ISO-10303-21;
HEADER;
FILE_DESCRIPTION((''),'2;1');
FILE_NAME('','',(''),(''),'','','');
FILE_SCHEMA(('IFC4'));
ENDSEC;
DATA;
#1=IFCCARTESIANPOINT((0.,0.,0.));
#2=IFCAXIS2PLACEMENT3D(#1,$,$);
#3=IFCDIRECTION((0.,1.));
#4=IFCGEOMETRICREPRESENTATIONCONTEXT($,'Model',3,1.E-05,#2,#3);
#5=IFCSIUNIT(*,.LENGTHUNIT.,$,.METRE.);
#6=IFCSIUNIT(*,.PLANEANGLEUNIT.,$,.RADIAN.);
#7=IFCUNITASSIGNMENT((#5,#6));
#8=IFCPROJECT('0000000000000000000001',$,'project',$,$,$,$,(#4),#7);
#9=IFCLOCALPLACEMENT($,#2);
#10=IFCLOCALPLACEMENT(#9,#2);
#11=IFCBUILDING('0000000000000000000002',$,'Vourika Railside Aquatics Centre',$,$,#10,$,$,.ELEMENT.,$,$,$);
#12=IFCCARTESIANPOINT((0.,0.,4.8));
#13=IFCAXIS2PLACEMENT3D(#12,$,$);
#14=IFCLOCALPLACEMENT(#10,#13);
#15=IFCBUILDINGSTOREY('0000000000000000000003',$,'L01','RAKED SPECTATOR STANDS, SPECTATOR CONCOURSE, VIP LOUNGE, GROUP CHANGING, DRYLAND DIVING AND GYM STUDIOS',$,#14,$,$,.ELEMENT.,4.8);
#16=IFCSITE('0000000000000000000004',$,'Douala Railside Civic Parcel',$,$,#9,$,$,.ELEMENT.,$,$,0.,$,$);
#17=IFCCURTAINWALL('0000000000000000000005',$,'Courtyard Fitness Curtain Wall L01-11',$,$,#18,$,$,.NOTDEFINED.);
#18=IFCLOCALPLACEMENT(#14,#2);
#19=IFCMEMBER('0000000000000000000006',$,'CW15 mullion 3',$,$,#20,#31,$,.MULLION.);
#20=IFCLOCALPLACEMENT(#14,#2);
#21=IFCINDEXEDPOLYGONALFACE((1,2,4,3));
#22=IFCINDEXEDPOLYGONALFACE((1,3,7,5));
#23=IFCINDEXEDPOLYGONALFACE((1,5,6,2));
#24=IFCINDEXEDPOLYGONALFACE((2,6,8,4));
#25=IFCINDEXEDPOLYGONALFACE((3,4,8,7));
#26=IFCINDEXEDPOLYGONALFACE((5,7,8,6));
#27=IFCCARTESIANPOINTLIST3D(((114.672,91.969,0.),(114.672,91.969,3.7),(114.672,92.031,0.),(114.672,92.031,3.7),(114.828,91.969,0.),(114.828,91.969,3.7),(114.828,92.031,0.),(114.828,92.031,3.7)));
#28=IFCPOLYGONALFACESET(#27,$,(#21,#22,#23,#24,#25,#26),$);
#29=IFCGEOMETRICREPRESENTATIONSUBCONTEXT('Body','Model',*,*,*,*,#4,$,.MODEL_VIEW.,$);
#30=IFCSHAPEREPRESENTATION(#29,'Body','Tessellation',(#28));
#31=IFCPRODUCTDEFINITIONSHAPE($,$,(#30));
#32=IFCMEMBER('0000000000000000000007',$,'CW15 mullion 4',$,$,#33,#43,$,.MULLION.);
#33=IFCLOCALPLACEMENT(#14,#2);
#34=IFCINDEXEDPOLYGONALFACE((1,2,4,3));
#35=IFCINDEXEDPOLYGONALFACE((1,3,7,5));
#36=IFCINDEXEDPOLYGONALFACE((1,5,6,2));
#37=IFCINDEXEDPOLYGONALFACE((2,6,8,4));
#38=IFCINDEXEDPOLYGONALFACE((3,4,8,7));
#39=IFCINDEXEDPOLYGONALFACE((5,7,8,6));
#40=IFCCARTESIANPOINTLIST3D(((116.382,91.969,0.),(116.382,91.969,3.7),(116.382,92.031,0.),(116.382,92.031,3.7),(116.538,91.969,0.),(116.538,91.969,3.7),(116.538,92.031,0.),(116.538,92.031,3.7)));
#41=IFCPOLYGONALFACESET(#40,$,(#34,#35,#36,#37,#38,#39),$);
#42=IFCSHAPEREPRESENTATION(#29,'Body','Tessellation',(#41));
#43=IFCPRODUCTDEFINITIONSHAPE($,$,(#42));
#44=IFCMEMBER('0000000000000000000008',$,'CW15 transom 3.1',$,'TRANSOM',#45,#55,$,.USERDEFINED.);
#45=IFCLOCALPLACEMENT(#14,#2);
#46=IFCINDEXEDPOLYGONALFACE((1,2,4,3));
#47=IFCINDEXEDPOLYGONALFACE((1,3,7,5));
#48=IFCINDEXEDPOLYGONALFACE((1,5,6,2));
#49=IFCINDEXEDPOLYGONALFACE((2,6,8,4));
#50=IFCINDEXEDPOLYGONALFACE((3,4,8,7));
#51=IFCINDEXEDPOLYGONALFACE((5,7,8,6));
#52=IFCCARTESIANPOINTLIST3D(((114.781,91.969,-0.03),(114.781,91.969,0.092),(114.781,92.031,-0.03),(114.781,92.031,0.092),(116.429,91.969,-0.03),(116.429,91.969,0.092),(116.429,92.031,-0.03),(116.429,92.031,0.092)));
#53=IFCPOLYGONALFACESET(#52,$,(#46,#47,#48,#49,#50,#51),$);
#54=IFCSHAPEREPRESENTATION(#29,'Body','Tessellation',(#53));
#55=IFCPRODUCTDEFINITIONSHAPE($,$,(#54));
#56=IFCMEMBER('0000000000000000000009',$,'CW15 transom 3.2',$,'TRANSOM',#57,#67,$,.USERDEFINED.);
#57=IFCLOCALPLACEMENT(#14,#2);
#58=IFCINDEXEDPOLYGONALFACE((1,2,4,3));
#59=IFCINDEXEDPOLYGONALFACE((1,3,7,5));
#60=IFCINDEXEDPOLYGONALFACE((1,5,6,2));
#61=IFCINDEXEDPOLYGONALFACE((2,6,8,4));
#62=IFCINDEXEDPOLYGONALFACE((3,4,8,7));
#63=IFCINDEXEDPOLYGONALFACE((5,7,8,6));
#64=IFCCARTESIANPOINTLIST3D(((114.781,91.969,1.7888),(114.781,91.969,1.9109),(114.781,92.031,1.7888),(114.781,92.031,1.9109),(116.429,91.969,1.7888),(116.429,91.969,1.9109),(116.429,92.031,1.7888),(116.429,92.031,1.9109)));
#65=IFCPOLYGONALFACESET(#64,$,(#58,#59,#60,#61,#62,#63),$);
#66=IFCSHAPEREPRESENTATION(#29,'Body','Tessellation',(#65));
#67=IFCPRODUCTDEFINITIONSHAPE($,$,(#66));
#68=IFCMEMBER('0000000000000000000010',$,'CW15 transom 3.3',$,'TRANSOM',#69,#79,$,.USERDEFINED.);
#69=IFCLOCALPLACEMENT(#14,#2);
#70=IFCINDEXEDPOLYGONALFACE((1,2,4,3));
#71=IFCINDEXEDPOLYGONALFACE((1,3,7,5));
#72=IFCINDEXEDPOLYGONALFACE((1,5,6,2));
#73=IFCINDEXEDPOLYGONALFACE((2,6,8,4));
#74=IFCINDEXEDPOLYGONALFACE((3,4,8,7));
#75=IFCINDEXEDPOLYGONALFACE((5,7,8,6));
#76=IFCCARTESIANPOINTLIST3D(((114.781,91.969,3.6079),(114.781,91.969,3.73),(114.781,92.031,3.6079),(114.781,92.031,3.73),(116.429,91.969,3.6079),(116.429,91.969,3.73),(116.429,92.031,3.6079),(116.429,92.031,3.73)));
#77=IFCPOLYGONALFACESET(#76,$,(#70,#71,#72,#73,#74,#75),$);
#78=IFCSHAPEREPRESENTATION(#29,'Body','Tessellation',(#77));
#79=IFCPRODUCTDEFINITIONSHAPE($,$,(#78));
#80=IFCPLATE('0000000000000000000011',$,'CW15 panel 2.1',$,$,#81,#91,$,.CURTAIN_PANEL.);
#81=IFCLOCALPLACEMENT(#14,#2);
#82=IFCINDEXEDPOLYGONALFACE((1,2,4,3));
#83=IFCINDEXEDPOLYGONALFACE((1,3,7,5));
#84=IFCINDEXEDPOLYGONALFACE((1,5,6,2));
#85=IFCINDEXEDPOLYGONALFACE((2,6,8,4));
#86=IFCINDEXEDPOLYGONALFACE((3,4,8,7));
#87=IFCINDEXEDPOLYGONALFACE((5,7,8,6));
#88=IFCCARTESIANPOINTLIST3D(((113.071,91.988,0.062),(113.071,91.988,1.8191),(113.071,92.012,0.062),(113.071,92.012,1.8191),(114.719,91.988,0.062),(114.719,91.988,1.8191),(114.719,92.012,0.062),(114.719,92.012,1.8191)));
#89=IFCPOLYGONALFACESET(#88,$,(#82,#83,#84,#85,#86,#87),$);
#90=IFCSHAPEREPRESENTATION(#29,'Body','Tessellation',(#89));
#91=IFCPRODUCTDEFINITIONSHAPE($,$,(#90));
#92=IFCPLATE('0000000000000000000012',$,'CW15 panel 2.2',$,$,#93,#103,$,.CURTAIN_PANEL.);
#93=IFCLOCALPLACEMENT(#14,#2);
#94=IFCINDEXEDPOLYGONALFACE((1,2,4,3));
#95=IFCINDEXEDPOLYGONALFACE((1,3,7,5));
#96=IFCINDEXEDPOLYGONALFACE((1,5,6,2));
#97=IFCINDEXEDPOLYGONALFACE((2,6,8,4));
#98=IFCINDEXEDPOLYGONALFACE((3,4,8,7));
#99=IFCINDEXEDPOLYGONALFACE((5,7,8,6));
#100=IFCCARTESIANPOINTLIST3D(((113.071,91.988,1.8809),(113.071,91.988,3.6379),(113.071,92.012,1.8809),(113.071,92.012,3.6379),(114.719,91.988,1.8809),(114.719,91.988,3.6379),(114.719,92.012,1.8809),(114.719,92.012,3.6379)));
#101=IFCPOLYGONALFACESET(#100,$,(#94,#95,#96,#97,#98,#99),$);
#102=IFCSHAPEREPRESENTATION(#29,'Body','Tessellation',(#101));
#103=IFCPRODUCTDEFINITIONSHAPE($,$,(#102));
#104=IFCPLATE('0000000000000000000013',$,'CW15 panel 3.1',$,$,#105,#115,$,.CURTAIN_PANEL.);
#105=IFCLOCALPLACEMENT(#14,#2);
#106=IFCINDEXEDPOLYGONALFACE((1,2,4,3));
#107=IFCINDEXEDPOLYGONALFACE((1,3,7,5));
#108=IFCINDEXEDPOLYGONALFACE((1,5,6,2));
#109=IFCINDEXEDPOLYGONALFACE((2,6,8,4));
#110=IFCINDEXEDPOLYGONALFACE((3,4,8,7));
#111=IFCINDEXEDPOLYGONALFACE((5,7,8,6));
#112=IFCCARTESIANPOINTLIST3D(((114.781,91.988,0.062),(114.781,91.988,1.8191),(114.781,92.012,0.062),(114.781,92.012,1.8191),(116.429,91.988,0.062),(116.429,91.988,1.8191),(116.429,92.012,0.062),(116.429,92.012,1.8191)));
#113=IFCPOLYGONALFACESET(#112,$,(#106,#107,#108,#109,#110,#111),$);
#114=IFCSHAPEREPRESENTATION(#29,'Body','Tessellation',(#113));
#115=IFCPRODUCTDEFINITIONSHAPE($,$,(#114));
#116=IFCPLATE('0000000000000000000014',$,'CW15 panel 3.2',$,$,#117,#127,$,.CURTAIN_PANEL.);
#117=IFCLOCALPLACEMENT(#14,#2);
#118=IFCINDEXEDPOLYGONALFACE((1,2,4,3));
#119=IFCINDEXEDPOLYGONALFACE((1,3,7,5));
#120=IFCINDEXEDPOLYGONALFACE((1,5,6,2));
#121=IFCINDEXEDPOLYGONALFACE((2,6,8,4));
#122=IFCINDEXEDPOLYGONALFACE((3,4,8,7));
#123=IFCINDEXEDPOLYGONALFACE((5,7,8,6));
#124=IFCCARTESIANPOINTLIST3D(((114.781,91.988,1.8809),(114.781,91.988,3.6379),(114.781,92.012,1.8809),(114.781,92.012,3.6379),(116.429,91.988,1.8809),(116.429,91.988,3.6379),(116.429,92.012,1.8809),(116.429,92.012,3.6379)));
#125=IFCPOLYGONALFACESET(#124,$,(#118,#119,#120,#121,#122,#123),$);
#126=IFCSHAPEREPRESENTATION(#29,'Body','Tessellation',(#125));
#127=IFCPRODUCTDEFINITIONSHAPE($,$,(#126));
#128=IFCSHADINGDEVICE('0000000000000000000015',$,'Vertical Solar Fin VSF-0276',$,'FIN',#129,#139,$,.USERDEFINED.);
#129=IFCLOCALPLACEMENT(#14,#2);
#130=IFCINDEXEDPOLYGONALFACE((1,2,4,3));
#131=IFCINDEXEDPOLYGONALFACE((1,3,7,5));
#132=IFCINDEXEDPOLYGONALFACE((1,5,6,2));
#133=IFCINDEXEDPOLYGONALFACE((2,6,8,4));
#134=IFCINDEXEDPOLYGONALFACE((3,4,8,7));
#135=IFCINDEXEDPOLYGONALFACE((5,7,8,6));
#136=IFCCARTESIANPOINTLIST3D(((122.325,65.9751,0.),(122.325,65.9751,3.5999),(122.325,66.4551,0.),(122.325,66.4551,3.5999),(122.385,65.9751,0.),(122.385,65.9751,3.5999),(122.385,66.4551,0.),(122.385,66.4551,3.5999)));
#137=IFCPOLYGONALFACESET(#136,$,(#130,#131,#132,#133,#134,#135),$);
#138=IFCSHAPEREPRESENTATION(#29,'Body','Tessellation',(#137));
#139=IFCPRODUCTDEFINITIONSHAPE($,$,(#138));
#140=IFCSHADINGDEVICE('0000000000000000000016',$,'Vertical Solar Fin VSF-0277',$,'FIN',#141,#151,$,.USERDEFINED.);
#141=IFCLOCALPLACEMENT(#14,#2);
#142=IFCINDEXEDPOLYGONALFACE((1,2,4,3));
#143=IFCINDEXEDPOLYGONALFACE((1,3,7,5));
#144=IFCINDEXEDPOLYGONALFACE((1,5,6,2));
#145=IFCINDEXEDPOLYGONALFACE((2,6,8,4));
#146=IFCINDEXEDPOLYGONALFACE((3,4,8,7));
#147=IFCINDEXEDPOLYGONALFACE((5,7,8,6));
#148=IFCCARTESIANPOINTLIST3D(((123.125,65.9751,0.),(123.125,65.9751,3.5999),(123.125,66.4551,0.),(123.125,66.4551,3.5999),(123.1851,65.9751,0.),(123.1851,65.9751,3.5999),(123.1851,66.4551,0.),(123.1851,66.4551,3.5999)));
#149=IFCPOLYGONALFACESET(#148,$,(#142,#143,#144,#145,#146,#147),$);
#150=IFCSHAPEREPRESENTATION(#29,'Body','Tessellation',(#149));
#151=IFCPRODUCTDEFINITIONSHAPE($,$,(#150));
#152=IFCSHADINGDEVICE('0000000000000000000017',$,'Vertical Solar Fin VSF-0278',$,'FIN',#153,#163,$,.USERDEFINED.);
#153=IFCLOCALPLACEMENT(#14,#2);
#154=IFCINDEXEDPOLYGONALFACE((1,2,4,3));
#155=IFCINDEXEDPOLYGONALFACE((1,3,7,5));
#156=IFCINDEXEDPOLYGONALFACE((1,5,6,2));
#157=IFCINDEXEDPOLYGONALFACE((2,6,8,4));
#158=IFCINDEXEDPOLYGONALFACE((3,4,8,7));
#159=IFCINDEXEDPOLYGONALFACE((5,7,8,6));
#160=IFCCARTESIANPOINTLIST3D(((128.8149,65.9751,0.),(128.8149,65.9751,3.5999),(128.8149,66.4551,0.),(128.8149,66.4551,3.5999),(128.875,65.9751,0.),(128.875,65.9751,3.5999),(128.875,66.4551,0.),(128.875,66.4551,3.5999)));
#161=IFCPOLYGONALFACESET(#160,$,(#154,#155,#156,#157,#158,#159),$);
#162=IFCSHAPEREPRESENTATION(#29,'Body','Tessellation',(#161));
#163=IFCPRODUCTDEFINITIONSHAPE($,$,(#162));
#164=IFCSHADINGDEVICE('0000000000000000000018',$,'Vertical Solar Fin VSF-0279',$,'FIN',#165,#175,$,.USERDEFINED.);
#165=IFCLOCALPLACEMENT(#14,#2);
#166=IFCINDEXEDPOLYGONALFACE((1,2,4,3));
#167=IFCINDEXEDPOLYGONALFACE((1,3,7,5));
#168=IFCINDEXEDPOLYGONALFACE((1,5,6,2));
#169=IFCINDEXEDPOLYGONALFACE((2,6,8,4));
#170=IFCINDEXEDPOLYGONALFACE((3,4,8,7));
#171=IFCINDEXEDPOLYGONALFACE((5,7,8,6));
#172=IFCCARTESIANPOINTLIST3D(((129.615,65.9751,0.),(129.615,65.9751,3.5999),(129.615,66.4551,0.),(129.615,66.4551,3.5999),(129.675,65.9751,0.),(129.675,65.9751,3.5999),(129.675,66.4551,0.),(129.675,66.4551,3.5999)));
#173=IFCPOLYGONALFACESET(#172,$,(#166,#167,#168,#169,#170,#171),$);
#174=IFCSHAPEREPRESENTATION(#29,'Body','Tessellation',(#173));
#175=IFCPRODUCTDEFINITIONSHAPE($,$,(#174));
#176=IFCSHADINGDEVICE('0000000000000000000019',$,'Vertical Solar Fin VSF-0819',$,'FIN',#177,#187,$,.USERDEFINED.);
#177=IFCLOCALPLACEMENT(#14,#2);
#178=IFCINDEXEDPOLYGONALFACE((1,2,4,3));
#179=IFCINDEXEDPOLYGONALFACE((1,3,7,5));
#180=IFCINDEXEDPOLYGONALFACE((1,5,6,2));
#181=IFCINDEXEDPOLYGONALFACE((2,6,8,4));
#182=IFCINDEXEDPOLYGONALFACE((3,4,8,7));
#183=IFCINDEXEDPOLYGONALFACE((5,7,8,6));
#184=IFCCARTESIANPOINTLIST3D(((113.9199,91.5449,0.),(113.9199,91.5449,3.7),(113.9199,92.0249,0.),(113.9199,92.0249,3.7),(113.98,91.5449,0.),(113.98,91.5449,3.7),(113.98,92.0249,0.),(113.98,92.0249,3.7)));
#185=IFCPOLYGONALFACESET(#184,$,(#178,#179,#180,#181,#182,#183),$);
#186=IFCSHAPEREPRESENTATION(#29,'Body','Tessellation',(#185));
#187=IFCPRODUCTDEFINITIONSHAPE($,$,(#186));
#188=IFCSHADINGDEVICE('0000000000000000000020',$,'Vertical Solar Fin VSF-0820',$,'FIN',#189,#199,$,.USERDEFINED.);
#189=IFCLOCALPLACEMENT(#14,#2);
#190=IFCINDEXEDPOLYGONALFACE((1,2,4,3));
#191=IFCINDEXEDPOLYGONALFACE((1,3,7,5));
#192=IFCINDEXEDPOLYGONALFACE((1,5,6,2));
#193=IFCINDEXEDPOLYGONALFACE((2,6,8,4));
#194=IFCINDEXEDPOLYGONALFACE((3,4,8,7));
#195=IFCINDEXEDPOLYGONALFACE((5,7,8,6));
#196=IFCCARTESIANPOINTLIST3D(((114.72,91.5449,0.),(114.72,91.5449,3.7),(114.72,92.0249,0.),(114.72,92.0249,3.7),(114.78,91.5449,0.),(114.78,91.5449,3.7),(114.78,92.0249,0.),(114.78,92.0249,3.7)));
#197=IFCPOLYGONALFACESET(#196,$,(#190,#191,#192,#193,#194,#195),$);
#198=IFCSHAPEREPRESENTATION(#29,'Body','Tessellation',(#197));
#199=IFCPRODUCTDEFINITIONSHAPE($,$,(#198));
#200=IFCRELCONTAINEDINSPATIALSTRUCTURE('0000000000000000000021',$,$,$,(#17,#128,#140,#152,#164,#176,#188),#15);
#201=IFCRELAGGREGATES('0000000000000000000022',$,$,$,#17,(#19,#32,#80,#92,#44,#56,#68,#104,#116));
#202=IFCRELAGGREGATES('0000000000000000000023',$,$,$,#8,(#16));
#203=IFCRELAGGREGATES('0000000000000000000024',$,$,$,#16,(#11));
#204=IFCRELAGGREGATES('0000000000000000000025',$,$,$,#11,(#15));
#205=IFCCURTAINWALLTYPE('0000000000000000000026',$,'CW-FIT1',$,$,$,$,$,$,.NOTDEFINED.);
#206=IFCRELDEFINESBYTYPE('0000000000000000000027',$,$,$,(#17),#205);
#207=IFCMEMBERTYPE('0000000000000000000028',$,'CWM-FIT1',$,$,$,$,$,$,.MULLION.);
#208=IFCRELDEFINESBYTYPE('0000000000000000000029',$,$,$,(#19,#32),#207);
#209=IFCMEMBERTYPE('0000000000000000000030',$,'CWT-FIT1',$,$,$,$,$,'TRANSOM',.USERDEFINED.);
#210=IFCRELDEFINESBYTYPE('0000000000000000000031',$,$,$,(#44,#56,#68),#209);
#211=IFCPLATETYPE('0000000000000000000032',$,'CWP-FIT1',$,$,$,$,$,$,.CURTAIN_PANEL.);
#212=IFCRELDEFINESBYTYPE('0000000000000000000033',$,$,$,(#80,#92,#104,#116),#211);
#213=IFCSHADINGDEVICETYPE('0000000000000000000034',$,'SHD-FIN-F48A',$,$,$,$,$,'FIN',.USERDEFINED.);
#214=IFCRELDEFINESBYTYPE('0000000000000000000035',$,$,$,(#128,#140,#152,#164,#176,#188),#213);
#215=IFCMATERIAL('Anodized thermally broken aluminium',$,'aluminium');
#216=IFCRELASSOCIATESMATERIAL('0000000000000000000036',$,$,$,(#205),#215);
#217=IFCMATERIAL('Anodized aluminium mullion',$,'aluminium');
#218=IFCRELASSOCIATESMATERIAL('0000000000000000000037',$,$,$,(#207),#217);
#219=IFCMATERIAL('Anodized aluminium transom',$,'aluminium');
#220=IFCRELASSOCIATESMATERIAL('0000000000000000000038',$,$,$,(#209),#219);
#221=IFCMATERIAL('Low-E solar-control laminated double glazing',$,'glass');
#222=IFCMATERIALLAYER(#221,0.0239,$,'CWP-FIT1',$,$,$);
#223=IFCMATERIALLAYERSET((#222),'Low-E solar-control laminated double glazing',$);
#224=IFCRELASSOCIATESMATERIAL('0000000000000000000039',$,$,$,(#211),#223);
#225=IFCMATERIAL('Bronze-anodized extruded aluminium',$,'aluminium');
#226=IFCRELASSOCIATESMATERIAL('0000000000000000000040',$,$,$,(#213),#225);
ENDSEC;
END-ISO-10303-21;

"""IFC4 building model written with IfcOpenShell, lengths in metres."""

from ifc_helpers import new_model, si_unit, direction, frame, origin, origin_2d, place, context, subcontext, project, spatial, rectangle, extrude, material, layer, layer_set, material_profile, profile_set, type_object, element, aggregate, save


model = new_model("IFC4")

# Units and contexts
model_context = context("Model", 3, precision=1e-05, world=origin(), true_north=direction((0.0, 1.0)))
body_context = subcontext(model_context, "Body", "Model", "MODEL_VIEW")
ifc_project = project(units=[si_unit("LENGTHUNIT", "METRE"), si_unit("PLANEANGLEUNIT", "RADIAN")], contexts=[model_context])

# Site, building, storey
site_placement = place(None, origin())
site = spatial("IfcSite", under=ifc_project, at=site_placement, Name="Douala Railside Civic Parcel", CompositionType="ELEMENT", RefElevation=0.0)
building_placement = place(site_placement, origin())
building = spatial("IfcBuilding", under=site, at=building_placement, Name="Vourika Railside Aquatics Centre", CompositionType="ELEMENT")
storey_placement = place(building_placement, frame((0.0, 0.0, 4.8)))
storey = spatial("IfcBuildingStorey", under=building, at=storey_placement, Name="L01", Description="RAKED SPECTATOR STANDS, SPECTATOR CONCOURSE, VIP LOUNGE, GROUP CHANGING, DRYLAND DIVING AND GYM STUDIOS", CompositionType="ELEMENT", Elevation=4.8)

# Curtain wall, members, plates
ifc_material_1 = material(Name="Anodized thermally broken aluminium", Category="aluminium")
curtain_wall_type = type_object("IfcCurtainWallType", Name="CW-FIT1", PredefinedType="NOTDEFINED", material=ifc_material_1)
curtain_wall_placement = place(storey_placement, origin())
curtain_wall = element("IfcCurtainWall", 1, at=curtain_wall_placement, inside=storey, type_object=curtain_wall_type, Name="Courtyard Fitness Curtain Wall L01-11", PredefinedType="NOTDEFINED")
ifc_material_2 = material(Name="Anodized aluminium mullion", Category="aluminium")
ifc_material_profile_1 = material_profile(ifc_material_2, rectangle(XDim=0.062, YDim=0.156, at=origin_2d()), Name="ALU-M 62x156")
ifc_profile_set_1 = profile_set([ifc_material_profile_1], Name="Anodized aluminium mullion")
member_type_1 = type_object("IfcMemberType", Name="CWM-FIT1", PredefinedType="MULLION", material=ifc_profile_set_1)
member_1_placement = place(storey_placement, frame((114.75, 92.0, 0.0), z_axis=(0.0, 0.0, 1.0), x_axis=(0.0, 1.0, 0.0)))
member_1 = element("IfcMember", 2, at=member_1_placement, type_object=member_type_1, Name="CW15 mullion 3", PredefinedType="MULLION", context=body_context, shape_type="SweptSolid", body=[
    extrude(rectangle(XDim=0.062, YDim=0.156, at=origin_2d()), origin(), (0.0, 0.0, 1.0), 3.7),
])
member_2_placement = place(storey_placement, frame((116.46, 92.0, 0.0), z_axis=(0.0, 0.0, 1.0), x_axis=(0.0, 1.0, 0.0)))
member_2 = element("IfcMember", 3, at=member_2_placement, type_object=member_type_1, Name="CW15 mullion 4", PredefinedType="MULLION", context=body_context, shape_type="SweptSolid", body=[
    extrude(rectangle(XDim=0.062, YDim=0.156, at=origin_2d()), origin(), (0.0, 0.0, 1.0), 3.7),
])
ifc_material_3 = material(Name="Anodized aluminium transom", Category="aluminium")
ifc_material_profile_2 = material_profile(ifc_material_3, rectangle(XDim=0.062, YDim=0.1221, at=origin_2d()), Name="ALU-T 62x122")
ifc_profile_set_2 = profile_set([ifc_material_profile_2], Name="Anodized aluminium transom")
member_type_2 = type_object("IfcMemberType", Name="CWT-FIT1", ElementType="TRANSOM", PredefinedType="USERDEFINED", material=ifc_profile_set_2)
member_3_placement = place(storey_placement, frame((114.781, 92.0, 0.031), z_axis=(1.0, 0.0, 0.0), x_axis=(0.0, 1.0, 0.0)))
member_3 = element("IfcMember", 4, at=member_3_placement, type_object=member_type_2, Name="CW15 transom 3.1", ObjectType="TRANSOM", PredefinedType="USERDEFINED", context=body_context, shape_type="SweptSolid", body=[
    extrude(rectangle(XDim=0.062, YDim=0.1221, at=origin_2d()), origin(), (0.0, 0.0, 1.0), 1.6479),
])
member_4_placement = place(storey_placement, frame((114.781, 92.0, 1.8499), z_axis=(1.0, 0.0, 0.0), x_axis=(0.0, 1.0, 0.0)))
member_4 = element("IfcMember", 5, at=member_4_placement, type_object=member_type_2, Name="CW15 transom 3.2", ObjectType="TRANSOM", PredefinedType="USERDEFINED", context=body_context, shape_type="SweptSolid", body=[
    extrude(rectangle(XDim=0.062, YDim=0.1221, at=origin_2d()), origin(), (0.0, 0.0, 1.0), 1.6479),
])
member_5_placement = place(storey_placement, frame((114.781, 92.0, 3.6689), z_axis=(1.0, 0.0, 0.0), x_axis=(0.0, 1.0, 0.0)))
member_5 = element("IfcMember", 6, at=member_5_placement, type_object=member_type_2, Name="CW15 transom 3.3", ObjectType="TRANSOM", PredefinedType="USERDEFINED", context=body_context, shape_type="SweptSolid", body=[
    extrude(rectangle(XDim=0.062, YDim=0.1221, at=origin_2d()), origin(), (0.0, 0.0, 1.0), 1.6479),
])
ifc_material_4 = material(Name="Low-E solar-control laminated double glazing", Category="glass")
ifc_layer = layer(ifc_material_4, 0.0239, Name="CWP-FIT1")
ifc_layer_set = layer_set([ifc_layer], Name="Low-E solar-control laminated double glazing")
plate_type = type_object("IfcPlateType", Name="CWP-FIT1", PredefinedType="CURTAIN_PANEL", material=ifc_layer_set)
plate_1_placement = place(storey_placement, frame((113.895, 92.0, 0.062), z_axis=(0.0, 0.0, 1.0), x_axis=(1.0, 0.0, 0.0)))
plate_1 = element("IfcPlate", 7, at=plate_1_placement, type_object=plate_type, Name="CW15 panel 2.1", PredefinedType="CURTAIN_PANEL", context=body_context, shape_type="SweptSolid", body=[
    extrude(rectangle(XDim=1.6479, YDim=0.0239, at=origin_2d()), origin(), (0.0, 0.0, 1.0), 1.7571),
])
plate_2_placement = place(storey_placement, frame((113.895, 92.0, 1.8809), z_axis=(0.0, 0.0, 1.0), x_axis=(1.0, 0.0, 0.0)))
plate_2 = element("IfcPlate", 8, at=plate_2_placement, type_object=plate_type, Name="CW15 panel 2.2", PredefinedType="CURTAIN_PANEL", context=body_context, shape_type="SweptSolid", body=[
    extrude(rectangle(XDim=1.6479, YDim=0.0239, at=origin_2d()), origin(), (0.0, 0.0, 1.0), 1.7571),
])
plate_3_placement = place(storey_placement, frame((115.605, 92.0, 0.062), z_axis=(0.0, 0.0, 1.0), x_axis=(1.0, 0.0, 0.0)))
plate_3 = element("IfcPlate", 9, at=plate_3_placement, type_object=plate_type, Name="CW15 panel 3.1", PredefinedType="CURTAIN_PANEL", context=body_context, shape_type="SweptSolid", body=[
    extrude(rectangle(XDim=1.6479, YDim=0.0239, at=origin_2d()), origin(), (0.0, 0.0, 1.0), 1.7571),
])
plate_4_placement = place(storey_placement, frame((115.605, 92.0, 1.8809), z_axis=(0.0, 0.0, 1.0), x_axis=(1.0, 0.0, 0.0)))
plate_4 = element("IfcPlate", 10, at=plate_4_placement, type_object=plate_type, Name="CW15 panel 3.2", PredefinedType="CURTAIN_PANEL", context=body_context, shape_type="SweptSolid", body=[
    extrude(rectangle(XDim=1.6479, YDim=0.0239, at=origin_2d()), origin(), (0.0, 0.0, 1.0), 1.7571),
])
aggregate(curtain_wall, [member_1, member_2, plate_1, plate_2, member_3, member_4, member_5, plate_3, plate_4])

# Shading devices
ifc_material_5 = material(Name="Bronze-anodized extruded aluminium", Category="aluminium")
ifc_material_profile_3 = material_profile(ifc_material_5, rectangle(XDim=0.0601, YDim=0.48, at=origin_2d()), Name="ALU-FIN 60x480")
ifc_profile_set_3 = profile_set([ifc_material_profile_3], Name="Bronze-anodized extruded aluminium")
shading_device_type = type_object("IfcShadingDeviceType", Name="SHD-FIN-F48A", ElementType="FIN", PredefinedType="USERDEFINED", material=ifc_profile_set_3)
for number, where, z_axis, x_axis, name in (
    (11, (122.355, 66.2151, 0.0), (0.0, 0.0, 1.0), (1.0, 0.0, 0.0), "Vertical Solar Fin VSF-0276"),
    (12, (123.155, 66.2151, 0.0), (0.0, 0.0, 1.0), (1.0, 0.0, 0.0), "Vertical Solar Fin VSF-0277"),
    (13, (128.845, 66.2151, 0.0), (0.0, 0.0, 1.0), (1.0, 0.0, 0.0), "Vertical Solar Fin VSF-0278"),
    (14, (129.645, 66.2151, 0.0), (0.0, 0.0, 1.0), (1.0, 0.0, 0.0), "Vertical Solar Fin VSF-0279"),
):
    element("IfcShadingDevice", number, at=place(storey_placement, frame(where, z_axis=z_axis, x_axis=x_axis)), inside=storey, type_object=shading_device_type, Name=name, ObjectType="FIN", PredefinedType="USERDEFINED", context=body_context, shape_type="SweptSolid", body=[
        extrude(rectangle(XDim=0.0601, YDim=0.48, at=origin_2d()), origin(), (0.0, 0.0, 1.0), 3.5999),
    ])
for number, where, z_axis, x_axis, name in (
    (15, (113.95, 91.7849, 0.0), (0.0, 0.0, 1.0), (-1.0, 0.0, 0.0), "Vertical Solar Fin VSF-0819"),
    (16, (114.75, 91.7849, 0.0), (0.0, 0.0, 1.0), (-1.0, 0.0, 0.0), "Vertical Solar Fin VSF-0820"),
):
    element("IfcShadingDevice", number, at=place(storey_placement, frame(where, z_axis=z_axis, x_axis=x_axis)), inside=storey, type_object=shading_device_type, Name=name, ObjectType="FIN", PredefinedType="USERDEFINED", context=body_context, shape_type="SweptSolid", body=[
        extrude(rectangle(XDim=0.0601, YDim=0.48, at=origin_2d()), origin(), (0.0, 0.0, 1.0), 3.7),
    ])

save(model, "model.ifc")
